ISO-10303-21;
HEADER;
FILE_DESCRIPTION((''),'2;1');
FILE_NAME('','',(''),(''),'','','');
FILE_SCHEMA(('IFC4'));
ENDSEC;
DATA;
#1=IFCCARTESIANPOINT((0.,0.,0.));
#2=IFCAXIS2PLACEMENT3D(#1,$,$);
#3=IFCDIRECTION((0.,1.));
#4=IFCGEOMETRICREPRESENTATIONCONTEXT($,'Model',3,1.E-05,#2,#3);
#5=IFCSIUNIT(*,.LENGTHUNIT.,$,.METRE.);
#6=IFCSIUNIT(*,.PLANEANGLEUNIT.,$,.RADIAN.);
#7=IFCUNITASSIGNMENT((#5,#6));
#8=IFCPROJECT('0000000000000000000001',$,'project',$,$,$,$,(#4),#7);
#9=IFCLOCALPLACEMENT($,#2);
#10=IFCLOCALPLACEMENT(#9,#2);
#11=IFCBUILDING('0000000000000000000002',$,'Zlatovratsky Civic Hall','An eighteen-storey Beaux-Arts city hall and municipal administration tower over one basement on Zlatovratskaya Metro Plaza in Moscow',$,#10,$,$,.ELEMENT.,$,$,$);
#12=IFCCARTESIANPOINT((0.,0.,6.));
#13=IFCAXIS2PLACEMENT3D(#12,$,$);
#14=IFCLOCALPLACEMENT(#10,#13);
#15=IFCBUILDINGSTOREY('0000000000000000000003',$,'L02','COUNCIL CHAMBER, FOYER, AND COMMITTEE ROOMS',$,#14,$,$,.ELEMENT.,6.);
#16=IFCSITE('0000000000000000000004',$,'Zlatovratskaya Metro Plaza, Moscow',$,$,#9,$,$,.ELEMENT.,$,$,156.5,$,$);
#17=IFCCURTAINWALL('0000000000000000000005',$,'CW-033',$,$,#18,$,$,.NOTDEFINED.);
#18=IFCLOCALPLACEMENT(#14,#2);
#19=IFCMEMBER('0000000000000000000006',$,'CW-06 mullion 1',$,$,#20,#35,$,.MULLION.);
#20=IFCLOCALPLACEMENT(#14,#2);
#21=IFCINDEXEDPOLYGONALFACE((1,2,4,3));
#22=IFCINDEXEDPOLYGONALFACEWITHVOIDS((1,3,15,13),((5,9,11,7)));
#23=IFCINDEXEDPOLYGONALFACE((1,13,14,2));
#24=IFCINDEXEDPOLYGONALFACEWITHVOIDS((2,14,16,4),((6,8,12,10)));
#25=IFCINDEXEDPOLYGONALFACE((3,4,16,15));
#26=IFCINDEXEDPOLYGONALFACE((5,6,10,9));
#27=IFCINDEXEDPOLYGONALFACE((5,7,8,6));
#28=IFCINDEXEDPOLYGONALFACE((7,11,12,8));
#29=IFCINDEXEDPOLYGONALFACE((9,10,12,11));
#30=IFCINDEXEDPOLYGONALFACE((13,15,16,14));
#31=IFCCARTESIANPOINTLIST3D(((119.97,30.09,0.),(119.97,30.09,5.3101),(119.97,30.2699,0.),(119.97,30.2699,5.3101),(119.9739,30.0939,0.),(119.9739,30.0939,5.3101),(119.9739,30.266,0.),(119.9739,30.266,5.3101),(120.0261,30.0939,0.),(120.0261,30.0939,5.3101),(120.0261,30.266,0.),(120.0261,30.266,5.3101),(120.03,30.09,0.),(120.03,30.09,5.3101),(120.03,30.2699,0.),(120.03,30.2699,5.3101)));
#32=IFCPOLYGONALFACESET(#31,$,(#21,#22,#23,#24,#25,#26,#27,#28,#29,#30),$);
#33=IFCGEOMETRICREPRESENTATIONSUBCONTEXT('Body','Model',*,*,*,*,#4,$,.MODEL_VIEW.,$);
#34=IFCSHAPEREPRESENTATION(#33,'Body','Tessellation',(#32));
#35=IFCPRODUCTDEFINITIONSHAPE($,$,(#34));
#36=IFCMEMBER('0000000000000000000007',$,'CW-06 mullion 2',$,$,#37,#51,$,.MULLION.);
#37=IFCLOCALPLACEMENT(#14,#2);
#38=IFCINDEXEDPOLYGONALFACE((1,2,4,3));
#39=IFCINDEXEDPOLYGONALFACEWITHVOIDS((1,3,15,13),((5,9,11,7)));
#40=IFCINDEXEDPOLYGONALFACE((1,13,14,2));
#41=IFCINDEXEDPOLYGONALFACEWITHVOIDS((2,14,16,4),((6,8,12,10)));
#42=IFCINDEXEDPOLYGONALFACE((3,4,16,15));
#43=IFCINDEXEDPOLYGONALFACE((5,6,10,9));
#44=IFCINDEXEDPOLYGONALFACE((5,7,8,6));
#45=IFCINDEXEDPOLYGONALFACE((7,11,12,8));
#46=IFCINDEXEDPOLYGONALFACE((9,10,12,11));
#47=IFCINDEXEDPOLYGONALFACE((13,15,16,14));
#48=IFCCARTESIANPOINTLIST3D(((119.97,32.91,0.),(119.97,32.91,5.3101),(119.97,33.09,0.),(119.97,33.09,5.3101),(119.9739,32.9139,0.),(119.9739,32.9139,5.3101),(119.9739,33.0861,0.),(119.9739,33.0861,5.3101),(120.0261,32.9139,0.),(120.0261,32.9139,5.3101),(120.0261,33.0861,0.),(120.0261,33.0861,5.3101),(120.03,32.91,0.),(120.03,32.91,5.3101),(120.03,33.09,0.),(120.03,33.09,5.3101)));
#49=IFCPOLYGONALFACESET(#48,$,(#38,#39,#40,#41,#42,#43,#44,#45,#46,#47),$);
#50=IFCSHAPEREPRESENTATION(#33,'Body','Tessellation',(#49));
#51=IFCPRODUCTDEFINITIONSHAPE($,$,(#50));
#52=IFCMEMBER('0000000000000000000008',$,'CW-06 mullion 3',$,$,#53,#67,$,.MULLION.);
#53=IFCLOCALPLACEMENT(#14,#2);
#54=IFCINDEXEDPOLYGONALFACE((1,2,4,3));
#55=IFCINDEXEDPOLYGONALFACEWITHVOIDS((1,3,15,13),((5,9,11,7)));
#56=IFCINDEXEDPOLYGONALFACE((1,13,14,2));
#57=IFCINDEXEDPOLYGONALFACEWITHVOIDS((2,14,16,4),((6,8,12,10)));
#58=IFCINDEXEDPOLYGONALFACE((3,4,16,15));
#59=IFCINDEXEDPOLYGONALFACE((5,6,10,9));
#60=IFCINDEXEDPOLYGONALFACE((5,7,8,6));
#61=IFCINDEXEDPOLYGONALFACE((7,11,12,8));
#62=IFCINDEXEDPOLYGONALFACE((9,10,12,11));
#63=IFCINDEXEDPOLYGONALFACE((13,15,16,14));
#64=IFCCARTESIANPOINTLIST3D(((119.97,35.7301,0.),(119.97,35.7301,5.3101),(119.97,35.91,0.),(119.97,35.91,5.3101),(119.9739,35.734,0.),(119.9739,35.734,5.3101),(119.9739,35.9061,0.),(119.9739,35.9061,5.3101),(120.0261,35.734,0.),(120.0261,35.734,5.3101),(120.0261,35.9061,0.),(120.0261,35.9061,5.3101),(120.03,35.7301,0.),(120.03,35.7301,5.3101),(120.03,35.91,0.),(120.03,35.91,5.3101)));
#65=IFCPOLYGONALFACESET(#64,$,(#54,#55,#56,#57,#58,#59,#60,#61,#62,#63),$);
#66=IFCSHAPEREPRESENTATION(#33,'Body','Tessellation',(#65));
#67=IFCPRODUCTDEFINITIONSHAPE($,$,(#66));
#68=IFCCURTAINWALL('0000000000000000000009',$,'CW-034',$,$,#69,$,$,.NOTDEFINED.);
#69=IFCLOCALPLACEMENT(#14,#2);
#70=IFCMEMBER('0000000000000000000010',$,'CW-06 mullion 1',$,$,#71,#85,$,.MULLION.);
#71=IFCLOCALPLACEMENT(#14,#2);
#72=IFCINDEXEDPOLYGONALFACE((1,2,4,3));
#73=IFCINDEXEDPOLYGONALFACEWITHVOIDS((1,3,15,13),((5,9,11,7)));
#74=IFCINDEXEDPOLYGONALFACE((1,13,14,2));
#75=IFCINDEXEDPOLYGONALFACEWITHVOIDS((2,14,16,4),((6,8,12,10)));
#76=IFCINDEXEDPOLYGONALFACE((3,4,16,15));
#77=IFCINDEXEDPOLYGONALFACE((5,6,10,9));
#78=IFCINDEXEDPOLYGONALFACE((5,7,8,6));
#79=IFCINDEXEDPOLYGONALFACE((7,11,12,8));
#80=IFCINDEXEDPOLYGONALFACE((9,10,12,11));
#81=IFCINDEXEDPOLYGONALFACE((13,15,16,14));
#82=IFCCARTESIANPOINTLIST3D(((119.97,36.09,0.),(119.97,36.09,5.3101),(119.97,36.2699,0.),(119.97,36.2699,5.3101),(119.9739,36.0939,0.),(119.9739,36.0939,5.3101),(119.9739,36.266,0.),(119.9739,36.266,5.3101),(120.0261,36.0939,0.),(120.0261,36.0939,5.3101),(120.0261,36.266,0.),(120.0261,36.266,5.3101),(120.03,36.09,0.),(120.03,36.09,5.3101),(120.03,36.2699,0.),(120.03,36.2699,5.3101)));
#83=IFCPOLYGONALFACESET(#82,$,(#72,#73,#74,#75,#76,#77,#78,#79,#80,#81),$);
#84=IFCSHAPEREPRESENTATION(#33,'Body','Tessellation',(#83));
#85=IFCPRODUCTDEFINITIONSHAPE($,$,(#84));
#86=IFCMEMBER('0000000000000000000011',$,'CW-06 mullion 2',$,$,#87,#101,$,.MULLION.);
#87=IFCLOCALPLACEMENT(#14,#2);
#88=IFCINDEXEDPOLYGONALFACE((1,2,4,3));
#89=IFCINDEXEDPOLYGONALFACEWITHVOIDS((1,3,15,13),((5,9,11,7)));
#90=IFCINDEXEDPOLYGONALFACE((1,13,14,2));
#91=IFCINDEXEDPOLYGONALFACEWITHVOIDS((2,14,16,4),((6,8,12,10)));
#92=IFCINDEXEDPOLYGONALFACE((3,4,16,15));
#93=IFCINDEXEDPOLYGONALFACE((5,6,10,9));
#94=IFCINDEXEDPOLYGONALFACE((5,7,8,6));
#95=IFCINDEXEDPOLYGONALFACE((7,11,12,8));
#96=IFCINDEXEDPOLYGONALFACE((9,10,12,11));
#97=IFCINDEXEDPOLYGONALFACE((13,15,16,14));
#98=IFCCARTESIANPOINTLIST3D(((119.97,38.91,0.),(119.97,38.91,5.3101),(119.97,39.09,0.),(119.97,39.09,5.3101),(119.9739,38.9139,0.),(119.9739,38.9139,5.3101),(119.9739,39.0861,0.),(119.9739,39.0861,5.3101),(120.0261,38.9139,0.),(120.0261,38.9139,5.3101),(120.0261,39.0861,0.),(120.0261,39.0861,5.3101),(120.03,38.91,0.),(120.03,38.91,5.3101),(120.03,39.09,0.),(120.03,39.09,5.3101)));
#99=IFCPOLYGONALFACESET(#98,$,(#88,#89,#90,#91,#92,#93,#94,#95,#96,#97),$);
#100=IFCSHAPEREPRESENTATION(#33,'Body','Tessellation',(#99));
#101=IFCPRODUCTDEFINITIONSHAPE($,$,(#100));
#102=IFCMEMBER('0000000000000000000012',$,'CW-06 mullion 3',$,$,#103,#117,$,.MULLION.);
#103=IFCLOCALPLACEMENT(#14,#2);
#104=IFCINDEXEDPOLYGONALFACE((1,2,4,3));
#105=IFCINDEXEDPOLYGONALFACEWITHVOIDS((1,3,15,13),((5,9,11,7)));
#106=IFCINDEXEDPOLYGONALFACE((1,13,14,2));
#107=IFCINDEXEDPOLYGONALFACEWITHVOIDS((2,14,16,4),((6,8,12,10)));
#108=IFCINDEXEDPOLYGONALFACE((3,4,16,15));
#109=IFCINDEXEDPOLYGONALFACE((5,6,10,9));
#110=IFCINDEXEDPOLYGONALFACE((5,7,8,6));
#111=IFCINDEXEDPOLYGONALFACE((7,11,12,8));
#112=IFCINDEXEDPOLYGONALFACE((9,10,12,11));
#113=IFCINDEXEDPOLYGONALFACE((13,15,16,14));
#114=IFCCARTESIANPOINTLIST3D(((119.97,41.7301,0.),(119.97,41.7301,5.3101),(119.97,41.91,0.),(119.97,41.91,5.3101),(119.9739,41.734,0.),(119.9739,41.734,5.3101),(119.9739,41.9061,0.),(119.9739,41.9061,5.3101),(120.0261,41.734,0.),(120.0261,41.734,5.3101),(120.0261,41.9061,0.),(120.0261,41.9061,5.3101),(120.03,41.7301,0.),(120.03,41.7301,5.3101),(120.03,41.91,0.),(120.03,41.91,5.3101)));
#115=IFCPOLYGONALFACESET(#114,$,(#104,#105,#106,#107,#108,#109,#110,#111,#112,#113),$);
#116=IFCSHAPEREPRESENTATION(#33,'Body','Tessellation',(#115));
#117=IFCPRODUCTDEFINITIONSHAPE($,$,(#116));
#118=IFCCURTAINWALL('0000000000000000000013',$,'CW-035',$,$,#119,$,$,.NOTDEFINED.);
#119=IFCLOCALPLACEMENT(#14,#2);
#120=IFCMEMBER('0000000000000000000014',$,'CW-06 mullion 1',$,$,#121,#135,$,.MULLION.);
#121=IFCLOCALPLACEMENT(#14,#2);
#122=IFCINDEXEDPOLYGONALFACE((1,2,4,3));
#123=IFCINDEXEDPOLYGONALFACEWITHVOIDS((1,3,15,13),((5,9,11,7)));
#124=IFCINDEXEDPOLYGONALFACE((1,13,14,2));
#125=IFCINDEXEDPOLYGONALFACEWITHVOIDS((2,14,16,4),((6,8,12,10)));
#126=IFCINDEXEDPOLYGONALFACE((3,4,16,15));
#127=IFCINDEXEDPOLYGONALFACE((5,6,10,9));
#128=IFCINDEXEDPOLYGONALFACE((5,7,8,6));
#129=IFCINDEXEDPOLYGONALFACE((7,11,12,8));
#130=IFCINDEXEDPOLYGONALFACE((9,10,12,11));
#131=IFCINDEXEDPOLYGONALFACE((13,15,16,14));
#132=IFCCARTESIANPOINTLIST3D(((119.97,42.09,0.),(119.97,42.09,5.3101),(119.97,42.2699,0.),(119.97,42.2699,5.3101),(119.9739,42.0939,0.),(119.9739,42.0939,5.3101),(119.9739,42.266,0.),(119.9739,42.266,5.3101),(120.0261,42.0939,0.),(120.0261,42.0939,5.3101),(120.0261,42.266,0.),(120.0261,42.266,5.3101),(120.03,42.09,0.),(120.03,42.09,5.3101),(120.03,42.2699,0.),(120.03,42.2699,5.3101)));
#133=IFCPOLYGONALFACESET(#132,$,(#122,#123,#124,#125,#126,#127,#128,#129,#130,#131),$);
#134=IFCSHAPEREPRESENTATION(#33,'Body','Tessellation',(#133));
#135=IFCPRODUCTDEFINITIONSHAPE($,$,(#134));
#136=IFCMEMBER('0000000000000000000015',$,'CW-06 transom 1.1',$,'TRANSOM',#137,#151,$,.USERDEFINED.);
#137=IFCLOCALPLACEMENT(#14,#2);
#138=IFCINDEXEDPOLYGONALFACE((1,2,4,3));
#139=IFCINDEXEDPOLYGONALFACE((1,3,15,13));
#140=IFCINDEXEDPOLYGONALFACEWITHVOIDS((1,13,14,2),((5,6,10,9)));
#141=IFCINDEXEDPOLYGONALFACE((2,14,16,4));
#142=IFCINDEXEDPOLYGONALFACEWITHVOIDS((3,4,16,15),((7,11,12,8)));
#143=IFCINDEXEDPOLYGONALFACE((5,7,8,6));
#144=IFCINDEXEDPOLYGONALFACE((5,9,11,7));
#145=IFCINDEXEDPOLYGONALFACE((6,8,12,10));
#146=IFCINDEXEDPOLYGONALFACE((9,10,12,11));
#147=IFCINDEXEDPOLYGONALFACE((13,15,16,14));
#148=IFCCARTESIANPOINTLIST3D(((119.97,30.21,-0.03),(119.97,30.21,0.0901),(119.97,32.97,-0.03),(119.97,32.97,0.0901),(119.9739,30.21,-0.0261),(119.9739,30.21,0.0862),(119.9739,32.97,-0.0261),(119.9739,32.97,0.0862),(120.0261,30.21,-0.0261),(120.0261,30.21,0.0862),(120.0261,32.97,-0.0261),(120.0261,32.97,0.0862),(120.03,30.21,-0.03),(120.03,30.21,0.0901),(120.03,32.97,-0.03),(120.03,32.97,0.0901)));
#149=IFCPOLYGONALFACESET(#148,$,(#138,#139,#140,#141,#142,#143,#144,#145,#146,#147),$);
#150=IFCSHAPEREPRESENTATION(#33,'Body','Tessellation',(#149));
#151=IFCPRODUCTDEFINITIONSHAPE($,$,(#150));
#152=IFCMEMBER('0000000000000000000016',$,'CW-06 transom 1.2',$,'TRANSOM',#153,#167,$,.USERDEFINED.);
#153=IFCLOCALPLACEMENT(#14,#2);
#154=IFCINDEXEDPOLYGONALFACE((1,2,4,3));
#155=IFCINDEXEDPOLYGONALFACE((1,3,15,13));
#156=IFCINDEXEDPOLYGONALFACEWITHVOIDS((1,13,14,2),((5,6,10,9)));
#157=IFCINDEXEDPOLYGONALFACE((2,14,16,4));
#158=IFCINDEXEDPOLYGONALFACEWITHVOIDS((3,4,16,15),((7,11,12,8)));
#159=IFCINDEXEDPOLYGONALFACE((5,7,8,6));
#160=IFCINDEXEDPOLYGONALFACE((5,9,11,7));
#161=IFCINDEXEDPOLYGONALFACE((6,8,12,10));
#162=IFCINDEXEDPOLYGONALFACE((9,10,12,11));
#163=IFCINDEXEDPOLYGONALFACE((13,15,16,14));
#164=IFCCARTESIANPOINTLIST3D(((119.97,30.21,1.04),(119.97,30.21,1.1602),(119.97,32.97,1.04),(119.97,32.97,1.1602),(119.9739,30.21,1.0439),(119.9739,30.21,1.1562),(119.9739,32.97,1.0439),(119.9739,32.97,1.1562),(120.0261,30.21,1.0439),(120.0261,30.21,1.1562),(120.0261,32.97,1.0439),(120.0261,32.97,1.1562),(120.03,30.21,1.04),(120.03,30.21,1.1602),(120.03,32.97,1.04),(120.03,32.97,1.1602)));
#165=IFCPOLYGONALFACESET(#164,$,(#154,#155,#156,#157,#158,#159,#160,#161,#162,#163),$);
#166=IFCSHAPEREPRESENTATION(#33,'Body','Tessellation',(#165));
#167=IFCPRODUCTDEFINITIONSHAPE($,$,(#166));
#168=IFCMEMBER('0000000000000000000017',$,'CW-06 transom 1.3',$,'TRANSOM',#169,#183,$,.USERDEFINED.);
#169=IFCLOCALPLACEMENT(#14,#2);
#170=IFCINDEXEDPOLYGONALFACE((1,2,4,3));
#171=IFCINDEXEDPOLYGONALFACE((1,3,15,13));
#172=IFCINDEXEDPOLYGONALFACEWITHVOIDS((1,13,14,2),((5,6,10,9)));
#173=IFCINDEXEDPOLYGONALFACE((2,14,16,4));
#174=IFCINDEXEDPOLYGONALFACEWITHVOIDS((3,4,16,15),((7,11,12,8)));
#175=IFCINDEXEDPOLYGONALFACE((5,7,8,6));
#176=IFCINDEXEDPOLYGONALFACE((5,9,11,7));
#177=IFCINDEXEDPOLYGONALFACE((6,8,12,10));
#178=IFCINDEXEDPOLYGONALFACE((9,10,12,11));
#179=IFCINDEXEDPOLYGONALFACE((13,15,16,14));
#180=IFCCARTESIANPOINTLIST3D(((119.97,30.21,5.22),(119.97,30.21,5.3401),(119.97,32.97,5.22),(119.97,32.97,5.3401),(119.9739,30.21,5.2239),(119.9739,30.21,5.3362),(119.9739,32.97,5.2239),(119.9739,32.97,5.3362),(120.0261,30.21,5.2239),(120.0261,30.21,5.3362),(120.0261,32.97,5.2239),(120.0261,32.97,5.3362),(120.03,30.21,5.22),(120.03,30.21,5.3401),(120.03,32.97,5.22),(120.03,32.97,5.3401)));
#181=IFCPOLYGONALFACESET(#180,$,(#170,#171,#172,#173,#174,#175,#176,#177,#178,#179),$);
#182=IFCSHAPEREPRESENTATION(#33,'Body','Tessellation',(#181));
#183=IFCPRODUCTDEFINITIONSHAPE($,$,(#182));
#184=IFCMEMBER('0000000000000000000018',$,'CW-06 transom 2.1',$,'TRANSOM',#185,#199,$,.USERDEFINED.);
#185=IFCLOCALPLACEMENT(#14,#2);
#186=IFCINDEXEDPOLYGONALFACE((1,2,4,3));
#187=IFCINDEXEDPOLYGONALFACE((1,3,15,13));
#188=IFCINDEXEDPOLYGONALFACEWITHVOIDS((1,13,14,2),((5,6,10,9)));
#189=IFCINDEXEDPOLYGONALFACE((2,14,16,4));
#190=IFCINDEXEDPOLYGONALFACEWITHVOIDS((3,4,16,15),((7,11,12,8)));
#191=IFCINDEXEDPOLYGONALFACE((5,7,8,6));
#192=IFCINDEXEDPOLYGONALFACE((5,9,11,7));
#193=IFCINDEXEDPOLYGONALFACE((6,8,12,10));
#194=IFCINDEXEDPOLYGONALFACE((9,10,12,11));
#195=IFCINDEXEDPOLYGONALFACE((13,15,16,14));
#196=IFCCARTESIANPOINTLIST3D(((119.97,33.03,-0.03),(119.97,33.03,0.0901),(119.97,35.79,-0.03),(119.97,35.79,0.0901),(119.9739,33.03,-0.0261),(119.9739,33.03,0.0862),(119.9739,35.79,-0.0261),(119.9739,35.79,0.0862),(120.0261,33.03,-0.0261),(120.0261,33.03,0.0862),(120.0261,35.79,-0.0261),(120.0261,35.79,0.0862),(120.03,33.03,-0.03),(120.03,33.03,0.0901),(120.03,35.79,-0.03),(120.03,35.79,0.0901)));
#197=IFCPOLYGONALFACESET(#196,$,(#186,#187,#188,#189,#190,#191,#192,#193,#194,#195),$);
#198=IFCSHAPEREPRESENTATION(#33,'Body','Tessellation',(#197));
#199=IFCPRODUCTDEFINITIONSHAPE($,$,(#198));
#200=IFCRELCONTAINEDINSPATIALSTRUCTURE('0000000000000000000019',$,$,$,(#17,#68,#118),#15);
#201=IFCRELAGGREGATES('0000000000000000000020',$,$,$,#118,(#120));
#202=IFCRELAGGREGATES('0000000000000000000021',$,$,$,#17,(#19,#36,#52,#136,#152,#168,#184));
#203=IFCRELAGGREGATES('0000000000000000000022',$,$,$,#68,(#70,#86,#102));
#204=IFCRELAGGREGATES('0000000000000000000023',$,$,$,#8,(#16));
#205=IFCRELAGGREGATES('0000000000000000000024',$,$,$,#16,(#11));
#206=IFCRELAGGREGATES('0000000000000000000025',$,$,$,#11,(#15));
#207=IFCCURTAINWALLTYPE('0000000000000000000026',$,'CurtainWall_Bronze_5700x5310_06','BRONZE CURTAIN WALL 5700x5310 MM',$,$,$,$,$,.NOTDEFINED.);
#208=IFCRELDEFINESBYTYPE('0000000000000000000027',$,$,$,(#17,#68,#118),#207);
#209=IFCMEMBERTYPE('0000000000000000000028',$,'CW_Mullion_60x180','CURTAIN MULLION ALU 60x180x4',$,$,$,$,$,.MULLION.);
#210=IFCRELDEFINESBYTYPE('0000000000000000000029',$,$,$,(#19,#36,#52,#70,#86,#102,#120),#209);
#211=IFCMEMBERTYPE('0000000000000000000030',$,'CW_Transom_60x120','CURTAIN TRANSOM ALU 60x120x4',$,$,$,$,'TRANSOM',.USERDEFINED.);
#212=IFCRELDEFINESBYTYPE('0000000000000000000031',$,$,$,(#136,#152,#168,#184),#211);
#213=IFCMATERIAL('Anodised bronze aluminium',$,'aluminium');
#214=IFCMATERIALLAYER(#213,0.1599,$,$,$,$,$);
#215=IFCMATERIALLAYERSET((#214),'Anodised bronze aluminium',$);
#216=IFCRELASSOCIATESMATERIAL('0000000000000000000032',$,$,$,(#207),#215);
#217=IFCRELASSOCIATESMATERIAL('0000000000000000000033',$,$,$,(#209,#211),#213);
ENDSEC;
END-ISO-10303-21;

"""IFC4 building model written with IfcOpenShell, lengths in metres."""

from ifc_helpers import new_model, si_unit, direction, frame, origin, origin_2d, place, context, subcontext, project, spatial, hollow_rectangle, extrude, material, layer, layer_set, material_profile, profile_set, type_object, element, aggregate, save


model = new_model("IFC4")

# Units and contexts
model_context = context("Model", 3, precision=1e-05, world=origin(), true_north=direction((0.0, 1.0)))
body_context = subcontext(model_context, "Body", "Model", "MODEL_VIEW")
ifc_project = project(units=[si_unit("LENGTHUNIT", "METRE"), si_unit("PLANEANGLEUNIT", "RADIAN")], contexts=[model_context])

# Site, building, storey
site_placement = place(None, origin())
site = spatial("IfcSite", under=ifc_project, at=site_placement, Name="Zlatovratskaya Metro Plaza, Moscow", CompositionType="ELEMENT", RefElevation=156.5)
building_placement = place(site_placement, origin())
building = spatial("IfcBuilding", under=site, at=building_placement, Name="Zlatovratsky Civic Hall", Description="An eighteen-storey Beaux-Arts city hall and municipal administration tower over one basement on Zlatovratskaya Metro Plaza in Moscow", CompositionType="ELEMENT")
storey_placement = place(building_placement, frame((0.0, 0.0, 6.0)))
storey = spatial("IfcBuildingStorey", under=building, at=storey_placement, Name="L02", Description="COUNCIL CHAMBER, FOYER, AND COMMITTEE ROOMS", CompositionType="ELEMENT", Elevation=6.0)

# Curtain walls, members
ifc_material_1 = material(Name="Anodised bronze aluminium", Category="aluminium")
ifc_layer_1 = layer(ifc_material_1, 0.1599)
ifc_layer_set_1 = layer_set([ifc_layer_1], Name="Anodised bronze aluminium")
curtain_wall_type = type_object("IfcCurtainWallType", Name="CurtainWall_Bronze_5700x5310_06", Description="BRONZE CURTAIN WALL 5700x5310 MM", PredefinedType="NOTDEFINED", material=ifc_layer_set_1)
curtain_wall_1_placement = place(storey_placement, origin())
curtain_wall_1 = element("IfcCurtainWall", 1, at=curtain_wall_1_placement, inside=storey, type_object=curtain_wall_type, Name="CW-033", PredefinedType="NOTDEFINED")
ifc_material_profile_1 = material_profile(ifc_material_1, hollow_rectangle(XDim=0.0601, YDim=0.1799, WallThickness=0.0039, at=origin_2d()), Name="ALU 60x180x4")
ifc_profile_set_1 = profile_set([ifc_material_profile_1], Name="Anodised bronze aluminium")
member_type_1 = type_object("IfcMemberType", Name="CW_Mullion_60x180", Description="CURTAIN MULLION ALU 60x180x4", PredefinedType="MULLION", material=ifc_profile_set_1)
member_1_placement = place(storey_placement, frame((120.0, 30.1799, 0.0), z_axis=(0.0, 0.0, 1.0), x_axis=(-1.0, 0.0, 0.0)))
member_1 = element("IfcMember", 2, at=member_1_placement, type_object=member_type_1, Name="CW-06 mullion 1", PredefinedType="MULLION", context=body_context, shape_type="SweptSolid", body=[
    extrude(hollow_rectangle(XDim=0.0601, YDim=0.1799, WallThickness=0.0039, at=origin_2d()), origin(), (0.0, 0.0, 1.0), 5.3101),
])
member_2_placement = place(storey_placement, frame((120.0, 33.0, 0.0), z_axis=(0.0, 0.0, 1.0), x_axis=(-1.0, 0.0, 0.0)))
member_2 = element("IfcMember", 3, at=member_2_placement, type_object=member_type_1, Name="CW-06 mullion 2", PredefinedType="MULLION", context=body_context, shape_type="SweptSolid", body=[
    extrude(hollow_rectangle(XDim=0.0601, YDim=0.1799, WallThickness=0.0039, at=origin_2d()), origin(), (0.0, 0.0, 1.0), 5.3101),
])
member_3_placement = place(storey_placement, frame((120.0, 35.8201, 0.0), z_axis=(0.0, 0.0, 1.0), x_axis=(-1.0, 0.0, 0.0)))
member_3 = element("IfcMember", 4, at=member_3_placement, type_object=member_type_1, Name="CW-06 mullion 3", PredefinedType="MULLION", context=body_context, shape_type="SweptSolid", body=[
    extrude(hollow_rectangle(XDim=0.0601, YDim=0.1799, WallThickness=0.0039, at=origin_2d()), origin(), (0.0, 0.0, 1.0), 5.3101),
])
curtain_wall_2_placement = place(storey_placement, origin())
curtain_wall_2 = element("IfcCurtainWall", 5, at=curtain_wall_2_placement, inside=storey, type_object=curtain_wall_type, Name="CW-034", PredefinedType="NOTDEFINED")
member_4_placement = place(storey_placement, frame((120.0, 36.1799, 0.0), z_axis=(0.0, 0.0, 1.0), x_axis=(-1.0, 0.0, 0.0)))
member_4 = element("IfcMember", 6, at=member_4_placement, type_object=member_type_1, Name="CW-06 mullion 1", PredefinedType="MULLION", context=body_context, shape_type="SweptSolid", body=[
    extrude(hollow_rectangle(XDim=0.0601, YDim=0.1799, WallThickness=0.0039, at=origin_2d()), origin(), (0.0, 0.0, 1.0), 5.3101),
])
member_5_placement = place(storey_placement, frame((120.0, 39.0, 0.0), z_axis=(0.0, 0.0, 1.0), x_axis=(-1.0, 0.0, 0.0)))
member_5 = element("IfcMember", 7, at=member_5_placement, type_object=member_type_1, Name="CW-06 mullion 2", PredefinedType="MULLION", context=body_context, shape_type="SweptSolid", body=[
    extrude(hollow_rectangle(XDim=0.0601, YDim=0.1799, WallThickness=0.0039, at=origin_2d()), origin(), (0.0, 0.0, 1.0), 5.3101),
])
member_6_placement = place(storey_placement, frame((120.0, 41.8201, 0.0), z_axis=(0.0, 0.0, 1.0), x_axis=(-1.0, 0.0, 0.0)))
member_6 = element("IfcMember", 8, at=member_6_placement, type_object=member_type_1, Name="CW-06 mullion 3", PredefinedType="MULLION", context=body_context, shape_type="SweptSolid", body=[
    extrude(hollow_rectangle(XDim=0.0601, YDim=0.1799, WallThickness=0.0039, at=origin_2d()), origin(), (0.0, 0.0, 1.0), 5.3101),
])

# Curtain wall, member
curtain_wall_3_placement = place(storey_placement, origin())
curtain_wall_3 = element("IfcCurtainWall", 9, at=curtain_wall_3_placement, inside=storey, type_object=curtain_wall_type, Name="CW-035", PredefinedType="NOTDEFINED")
member_7_placement = place(storey_placement, frame((120.0, 42.1799, 0.0), z_axis=(0.0, 0.0, 1.0), x_axis=(-1.0, 0.0, 0.0)))
member_7 = element("IfcMember", 10, at=member_7_placement, type_object=member_type_1, Name="CW-06 mullion 1", PredefinedType="MULLION", context=body_context, shape_type="SweptSolid", body=[
    extrude(hollow_rectangle(XDim=0.0601, YDim=0.1799, WallThickness=0.0039, at=origin_2d()), origin(), (0.0, 0.0, 1.0), 5.3101),
])
aggregate(curtain_wall_3, [member_7])

# Members
ifc_material_profile_2 = material_profile(ifc_material_1, hollow_rectangle(XDim=0.0601, YDim=0.1201, WallThickness=0.0039, at=origin_2d()), Name="ALU 60x120x4")
ifc_profile_set_2 = profile_set([ifc_material_profile_2], Name="Anodised bronze aluminium")
member_type_2 = type_object("IfcMemberType", Name="CW_Transom_60x120", Description="CURTAIN TRANSOM ALU 60x120x4", ElementType="TRANSOM", PredefinedType="USERDEFINED", material=ifc_profile_set_2)
member_8_placement = place(storey_placement, frame((120.0, 30.21, 0.03), z_axis=(0.0, 1.0, 0.0), x_axis=(-1.0, 0.0, 0.0)))
member_8 = element("IfcMember", 11, at=member_8_placement, type_object=member_type_2, Name="CW-06 transom 1.1", ObjectType="TRANSOM", PredefinedType="USERDEFINED", context=body_context, shape_type="SweptSolid", body=[
    extrude(hollow_rectangle(XDim=0.0601, YDim=0.1201, WallThickness=0.0039, at=origin_2d()), origin(), (0.0, 0.0, 1.0), 2.76),
])
member_9_placement = place(storey_placement, frame((120.0, 30.21, 1.1001), z_axis=(0.0, 1.0, 0.0), x_axis=(-1.0, 0.0, 0.0)))
member_9 = element("IfcMember", 12, at=member_9_placement, type_object=member_type_2, Name="CW-06 transom 1.2", ObjectType="TRANSOM", PredefinedType="USERDEFINED", context=body_context, shape_type="SweptSolid", body=[
    extrude(hollow_rectangle(XDim=0.0601, YDim=0.1201, WallThickness=0.0039, at=origin_2d()), origin(), (0.0, 0.0, 1.0), 2.76),
])
member_10_placement = place(storey_placement, frame((120.0, 30.21, 5.28), z_axis=(0.0, 1.0, 0.0), x_axis=(-1.0, 0.0, 0.0)))
member_10 = element("IfcMember", 13, at=member_10_placement, type_object=member_type_2, Name="CW-06 transom 1.3", ObjectType="TRANSOM", PredefinedType="USERDEFINED", context=body_context, shape_type="SweptSolid", body=[
    extrude(hollow_rectangle(XDim=0.0601, YDim=0.1201, WallThickness=0.0039, at=origin_2d()), origin(), (0.0, 0.0, 1.0), 2.76),
])
member_11_placement = place(storey_placement, frame((120.0, 33.03, 0.03), z_axis=(0.0, 1.0, 0.0), x_axis=(-1.0, 0.0, 0.0)))
member_11 = element("IfcMember", 14, at=member_11_placement, type_object=member_type_2, Name="CW-06 transom 2.1", ObjectType="TRANSOM", PredefinedType="USERDEFINED", context=body_context, shape_type="SweptSolid", body=[
    extrude(hollow_rectangle(XDim=0.0601, YDim=0.1201, WallThickness=0.0039, at=origin_2d()), origin(), (0.0, 0.0, 1.0), 2.76),
])

aggregate(curtain_wall_1, [member_1, member_2, member_3, member_8, member_9, member_10, member_11])
aggregate(curtain_wall_2, [member_4, member_5, member_6])

save(model, "model.ifc")
